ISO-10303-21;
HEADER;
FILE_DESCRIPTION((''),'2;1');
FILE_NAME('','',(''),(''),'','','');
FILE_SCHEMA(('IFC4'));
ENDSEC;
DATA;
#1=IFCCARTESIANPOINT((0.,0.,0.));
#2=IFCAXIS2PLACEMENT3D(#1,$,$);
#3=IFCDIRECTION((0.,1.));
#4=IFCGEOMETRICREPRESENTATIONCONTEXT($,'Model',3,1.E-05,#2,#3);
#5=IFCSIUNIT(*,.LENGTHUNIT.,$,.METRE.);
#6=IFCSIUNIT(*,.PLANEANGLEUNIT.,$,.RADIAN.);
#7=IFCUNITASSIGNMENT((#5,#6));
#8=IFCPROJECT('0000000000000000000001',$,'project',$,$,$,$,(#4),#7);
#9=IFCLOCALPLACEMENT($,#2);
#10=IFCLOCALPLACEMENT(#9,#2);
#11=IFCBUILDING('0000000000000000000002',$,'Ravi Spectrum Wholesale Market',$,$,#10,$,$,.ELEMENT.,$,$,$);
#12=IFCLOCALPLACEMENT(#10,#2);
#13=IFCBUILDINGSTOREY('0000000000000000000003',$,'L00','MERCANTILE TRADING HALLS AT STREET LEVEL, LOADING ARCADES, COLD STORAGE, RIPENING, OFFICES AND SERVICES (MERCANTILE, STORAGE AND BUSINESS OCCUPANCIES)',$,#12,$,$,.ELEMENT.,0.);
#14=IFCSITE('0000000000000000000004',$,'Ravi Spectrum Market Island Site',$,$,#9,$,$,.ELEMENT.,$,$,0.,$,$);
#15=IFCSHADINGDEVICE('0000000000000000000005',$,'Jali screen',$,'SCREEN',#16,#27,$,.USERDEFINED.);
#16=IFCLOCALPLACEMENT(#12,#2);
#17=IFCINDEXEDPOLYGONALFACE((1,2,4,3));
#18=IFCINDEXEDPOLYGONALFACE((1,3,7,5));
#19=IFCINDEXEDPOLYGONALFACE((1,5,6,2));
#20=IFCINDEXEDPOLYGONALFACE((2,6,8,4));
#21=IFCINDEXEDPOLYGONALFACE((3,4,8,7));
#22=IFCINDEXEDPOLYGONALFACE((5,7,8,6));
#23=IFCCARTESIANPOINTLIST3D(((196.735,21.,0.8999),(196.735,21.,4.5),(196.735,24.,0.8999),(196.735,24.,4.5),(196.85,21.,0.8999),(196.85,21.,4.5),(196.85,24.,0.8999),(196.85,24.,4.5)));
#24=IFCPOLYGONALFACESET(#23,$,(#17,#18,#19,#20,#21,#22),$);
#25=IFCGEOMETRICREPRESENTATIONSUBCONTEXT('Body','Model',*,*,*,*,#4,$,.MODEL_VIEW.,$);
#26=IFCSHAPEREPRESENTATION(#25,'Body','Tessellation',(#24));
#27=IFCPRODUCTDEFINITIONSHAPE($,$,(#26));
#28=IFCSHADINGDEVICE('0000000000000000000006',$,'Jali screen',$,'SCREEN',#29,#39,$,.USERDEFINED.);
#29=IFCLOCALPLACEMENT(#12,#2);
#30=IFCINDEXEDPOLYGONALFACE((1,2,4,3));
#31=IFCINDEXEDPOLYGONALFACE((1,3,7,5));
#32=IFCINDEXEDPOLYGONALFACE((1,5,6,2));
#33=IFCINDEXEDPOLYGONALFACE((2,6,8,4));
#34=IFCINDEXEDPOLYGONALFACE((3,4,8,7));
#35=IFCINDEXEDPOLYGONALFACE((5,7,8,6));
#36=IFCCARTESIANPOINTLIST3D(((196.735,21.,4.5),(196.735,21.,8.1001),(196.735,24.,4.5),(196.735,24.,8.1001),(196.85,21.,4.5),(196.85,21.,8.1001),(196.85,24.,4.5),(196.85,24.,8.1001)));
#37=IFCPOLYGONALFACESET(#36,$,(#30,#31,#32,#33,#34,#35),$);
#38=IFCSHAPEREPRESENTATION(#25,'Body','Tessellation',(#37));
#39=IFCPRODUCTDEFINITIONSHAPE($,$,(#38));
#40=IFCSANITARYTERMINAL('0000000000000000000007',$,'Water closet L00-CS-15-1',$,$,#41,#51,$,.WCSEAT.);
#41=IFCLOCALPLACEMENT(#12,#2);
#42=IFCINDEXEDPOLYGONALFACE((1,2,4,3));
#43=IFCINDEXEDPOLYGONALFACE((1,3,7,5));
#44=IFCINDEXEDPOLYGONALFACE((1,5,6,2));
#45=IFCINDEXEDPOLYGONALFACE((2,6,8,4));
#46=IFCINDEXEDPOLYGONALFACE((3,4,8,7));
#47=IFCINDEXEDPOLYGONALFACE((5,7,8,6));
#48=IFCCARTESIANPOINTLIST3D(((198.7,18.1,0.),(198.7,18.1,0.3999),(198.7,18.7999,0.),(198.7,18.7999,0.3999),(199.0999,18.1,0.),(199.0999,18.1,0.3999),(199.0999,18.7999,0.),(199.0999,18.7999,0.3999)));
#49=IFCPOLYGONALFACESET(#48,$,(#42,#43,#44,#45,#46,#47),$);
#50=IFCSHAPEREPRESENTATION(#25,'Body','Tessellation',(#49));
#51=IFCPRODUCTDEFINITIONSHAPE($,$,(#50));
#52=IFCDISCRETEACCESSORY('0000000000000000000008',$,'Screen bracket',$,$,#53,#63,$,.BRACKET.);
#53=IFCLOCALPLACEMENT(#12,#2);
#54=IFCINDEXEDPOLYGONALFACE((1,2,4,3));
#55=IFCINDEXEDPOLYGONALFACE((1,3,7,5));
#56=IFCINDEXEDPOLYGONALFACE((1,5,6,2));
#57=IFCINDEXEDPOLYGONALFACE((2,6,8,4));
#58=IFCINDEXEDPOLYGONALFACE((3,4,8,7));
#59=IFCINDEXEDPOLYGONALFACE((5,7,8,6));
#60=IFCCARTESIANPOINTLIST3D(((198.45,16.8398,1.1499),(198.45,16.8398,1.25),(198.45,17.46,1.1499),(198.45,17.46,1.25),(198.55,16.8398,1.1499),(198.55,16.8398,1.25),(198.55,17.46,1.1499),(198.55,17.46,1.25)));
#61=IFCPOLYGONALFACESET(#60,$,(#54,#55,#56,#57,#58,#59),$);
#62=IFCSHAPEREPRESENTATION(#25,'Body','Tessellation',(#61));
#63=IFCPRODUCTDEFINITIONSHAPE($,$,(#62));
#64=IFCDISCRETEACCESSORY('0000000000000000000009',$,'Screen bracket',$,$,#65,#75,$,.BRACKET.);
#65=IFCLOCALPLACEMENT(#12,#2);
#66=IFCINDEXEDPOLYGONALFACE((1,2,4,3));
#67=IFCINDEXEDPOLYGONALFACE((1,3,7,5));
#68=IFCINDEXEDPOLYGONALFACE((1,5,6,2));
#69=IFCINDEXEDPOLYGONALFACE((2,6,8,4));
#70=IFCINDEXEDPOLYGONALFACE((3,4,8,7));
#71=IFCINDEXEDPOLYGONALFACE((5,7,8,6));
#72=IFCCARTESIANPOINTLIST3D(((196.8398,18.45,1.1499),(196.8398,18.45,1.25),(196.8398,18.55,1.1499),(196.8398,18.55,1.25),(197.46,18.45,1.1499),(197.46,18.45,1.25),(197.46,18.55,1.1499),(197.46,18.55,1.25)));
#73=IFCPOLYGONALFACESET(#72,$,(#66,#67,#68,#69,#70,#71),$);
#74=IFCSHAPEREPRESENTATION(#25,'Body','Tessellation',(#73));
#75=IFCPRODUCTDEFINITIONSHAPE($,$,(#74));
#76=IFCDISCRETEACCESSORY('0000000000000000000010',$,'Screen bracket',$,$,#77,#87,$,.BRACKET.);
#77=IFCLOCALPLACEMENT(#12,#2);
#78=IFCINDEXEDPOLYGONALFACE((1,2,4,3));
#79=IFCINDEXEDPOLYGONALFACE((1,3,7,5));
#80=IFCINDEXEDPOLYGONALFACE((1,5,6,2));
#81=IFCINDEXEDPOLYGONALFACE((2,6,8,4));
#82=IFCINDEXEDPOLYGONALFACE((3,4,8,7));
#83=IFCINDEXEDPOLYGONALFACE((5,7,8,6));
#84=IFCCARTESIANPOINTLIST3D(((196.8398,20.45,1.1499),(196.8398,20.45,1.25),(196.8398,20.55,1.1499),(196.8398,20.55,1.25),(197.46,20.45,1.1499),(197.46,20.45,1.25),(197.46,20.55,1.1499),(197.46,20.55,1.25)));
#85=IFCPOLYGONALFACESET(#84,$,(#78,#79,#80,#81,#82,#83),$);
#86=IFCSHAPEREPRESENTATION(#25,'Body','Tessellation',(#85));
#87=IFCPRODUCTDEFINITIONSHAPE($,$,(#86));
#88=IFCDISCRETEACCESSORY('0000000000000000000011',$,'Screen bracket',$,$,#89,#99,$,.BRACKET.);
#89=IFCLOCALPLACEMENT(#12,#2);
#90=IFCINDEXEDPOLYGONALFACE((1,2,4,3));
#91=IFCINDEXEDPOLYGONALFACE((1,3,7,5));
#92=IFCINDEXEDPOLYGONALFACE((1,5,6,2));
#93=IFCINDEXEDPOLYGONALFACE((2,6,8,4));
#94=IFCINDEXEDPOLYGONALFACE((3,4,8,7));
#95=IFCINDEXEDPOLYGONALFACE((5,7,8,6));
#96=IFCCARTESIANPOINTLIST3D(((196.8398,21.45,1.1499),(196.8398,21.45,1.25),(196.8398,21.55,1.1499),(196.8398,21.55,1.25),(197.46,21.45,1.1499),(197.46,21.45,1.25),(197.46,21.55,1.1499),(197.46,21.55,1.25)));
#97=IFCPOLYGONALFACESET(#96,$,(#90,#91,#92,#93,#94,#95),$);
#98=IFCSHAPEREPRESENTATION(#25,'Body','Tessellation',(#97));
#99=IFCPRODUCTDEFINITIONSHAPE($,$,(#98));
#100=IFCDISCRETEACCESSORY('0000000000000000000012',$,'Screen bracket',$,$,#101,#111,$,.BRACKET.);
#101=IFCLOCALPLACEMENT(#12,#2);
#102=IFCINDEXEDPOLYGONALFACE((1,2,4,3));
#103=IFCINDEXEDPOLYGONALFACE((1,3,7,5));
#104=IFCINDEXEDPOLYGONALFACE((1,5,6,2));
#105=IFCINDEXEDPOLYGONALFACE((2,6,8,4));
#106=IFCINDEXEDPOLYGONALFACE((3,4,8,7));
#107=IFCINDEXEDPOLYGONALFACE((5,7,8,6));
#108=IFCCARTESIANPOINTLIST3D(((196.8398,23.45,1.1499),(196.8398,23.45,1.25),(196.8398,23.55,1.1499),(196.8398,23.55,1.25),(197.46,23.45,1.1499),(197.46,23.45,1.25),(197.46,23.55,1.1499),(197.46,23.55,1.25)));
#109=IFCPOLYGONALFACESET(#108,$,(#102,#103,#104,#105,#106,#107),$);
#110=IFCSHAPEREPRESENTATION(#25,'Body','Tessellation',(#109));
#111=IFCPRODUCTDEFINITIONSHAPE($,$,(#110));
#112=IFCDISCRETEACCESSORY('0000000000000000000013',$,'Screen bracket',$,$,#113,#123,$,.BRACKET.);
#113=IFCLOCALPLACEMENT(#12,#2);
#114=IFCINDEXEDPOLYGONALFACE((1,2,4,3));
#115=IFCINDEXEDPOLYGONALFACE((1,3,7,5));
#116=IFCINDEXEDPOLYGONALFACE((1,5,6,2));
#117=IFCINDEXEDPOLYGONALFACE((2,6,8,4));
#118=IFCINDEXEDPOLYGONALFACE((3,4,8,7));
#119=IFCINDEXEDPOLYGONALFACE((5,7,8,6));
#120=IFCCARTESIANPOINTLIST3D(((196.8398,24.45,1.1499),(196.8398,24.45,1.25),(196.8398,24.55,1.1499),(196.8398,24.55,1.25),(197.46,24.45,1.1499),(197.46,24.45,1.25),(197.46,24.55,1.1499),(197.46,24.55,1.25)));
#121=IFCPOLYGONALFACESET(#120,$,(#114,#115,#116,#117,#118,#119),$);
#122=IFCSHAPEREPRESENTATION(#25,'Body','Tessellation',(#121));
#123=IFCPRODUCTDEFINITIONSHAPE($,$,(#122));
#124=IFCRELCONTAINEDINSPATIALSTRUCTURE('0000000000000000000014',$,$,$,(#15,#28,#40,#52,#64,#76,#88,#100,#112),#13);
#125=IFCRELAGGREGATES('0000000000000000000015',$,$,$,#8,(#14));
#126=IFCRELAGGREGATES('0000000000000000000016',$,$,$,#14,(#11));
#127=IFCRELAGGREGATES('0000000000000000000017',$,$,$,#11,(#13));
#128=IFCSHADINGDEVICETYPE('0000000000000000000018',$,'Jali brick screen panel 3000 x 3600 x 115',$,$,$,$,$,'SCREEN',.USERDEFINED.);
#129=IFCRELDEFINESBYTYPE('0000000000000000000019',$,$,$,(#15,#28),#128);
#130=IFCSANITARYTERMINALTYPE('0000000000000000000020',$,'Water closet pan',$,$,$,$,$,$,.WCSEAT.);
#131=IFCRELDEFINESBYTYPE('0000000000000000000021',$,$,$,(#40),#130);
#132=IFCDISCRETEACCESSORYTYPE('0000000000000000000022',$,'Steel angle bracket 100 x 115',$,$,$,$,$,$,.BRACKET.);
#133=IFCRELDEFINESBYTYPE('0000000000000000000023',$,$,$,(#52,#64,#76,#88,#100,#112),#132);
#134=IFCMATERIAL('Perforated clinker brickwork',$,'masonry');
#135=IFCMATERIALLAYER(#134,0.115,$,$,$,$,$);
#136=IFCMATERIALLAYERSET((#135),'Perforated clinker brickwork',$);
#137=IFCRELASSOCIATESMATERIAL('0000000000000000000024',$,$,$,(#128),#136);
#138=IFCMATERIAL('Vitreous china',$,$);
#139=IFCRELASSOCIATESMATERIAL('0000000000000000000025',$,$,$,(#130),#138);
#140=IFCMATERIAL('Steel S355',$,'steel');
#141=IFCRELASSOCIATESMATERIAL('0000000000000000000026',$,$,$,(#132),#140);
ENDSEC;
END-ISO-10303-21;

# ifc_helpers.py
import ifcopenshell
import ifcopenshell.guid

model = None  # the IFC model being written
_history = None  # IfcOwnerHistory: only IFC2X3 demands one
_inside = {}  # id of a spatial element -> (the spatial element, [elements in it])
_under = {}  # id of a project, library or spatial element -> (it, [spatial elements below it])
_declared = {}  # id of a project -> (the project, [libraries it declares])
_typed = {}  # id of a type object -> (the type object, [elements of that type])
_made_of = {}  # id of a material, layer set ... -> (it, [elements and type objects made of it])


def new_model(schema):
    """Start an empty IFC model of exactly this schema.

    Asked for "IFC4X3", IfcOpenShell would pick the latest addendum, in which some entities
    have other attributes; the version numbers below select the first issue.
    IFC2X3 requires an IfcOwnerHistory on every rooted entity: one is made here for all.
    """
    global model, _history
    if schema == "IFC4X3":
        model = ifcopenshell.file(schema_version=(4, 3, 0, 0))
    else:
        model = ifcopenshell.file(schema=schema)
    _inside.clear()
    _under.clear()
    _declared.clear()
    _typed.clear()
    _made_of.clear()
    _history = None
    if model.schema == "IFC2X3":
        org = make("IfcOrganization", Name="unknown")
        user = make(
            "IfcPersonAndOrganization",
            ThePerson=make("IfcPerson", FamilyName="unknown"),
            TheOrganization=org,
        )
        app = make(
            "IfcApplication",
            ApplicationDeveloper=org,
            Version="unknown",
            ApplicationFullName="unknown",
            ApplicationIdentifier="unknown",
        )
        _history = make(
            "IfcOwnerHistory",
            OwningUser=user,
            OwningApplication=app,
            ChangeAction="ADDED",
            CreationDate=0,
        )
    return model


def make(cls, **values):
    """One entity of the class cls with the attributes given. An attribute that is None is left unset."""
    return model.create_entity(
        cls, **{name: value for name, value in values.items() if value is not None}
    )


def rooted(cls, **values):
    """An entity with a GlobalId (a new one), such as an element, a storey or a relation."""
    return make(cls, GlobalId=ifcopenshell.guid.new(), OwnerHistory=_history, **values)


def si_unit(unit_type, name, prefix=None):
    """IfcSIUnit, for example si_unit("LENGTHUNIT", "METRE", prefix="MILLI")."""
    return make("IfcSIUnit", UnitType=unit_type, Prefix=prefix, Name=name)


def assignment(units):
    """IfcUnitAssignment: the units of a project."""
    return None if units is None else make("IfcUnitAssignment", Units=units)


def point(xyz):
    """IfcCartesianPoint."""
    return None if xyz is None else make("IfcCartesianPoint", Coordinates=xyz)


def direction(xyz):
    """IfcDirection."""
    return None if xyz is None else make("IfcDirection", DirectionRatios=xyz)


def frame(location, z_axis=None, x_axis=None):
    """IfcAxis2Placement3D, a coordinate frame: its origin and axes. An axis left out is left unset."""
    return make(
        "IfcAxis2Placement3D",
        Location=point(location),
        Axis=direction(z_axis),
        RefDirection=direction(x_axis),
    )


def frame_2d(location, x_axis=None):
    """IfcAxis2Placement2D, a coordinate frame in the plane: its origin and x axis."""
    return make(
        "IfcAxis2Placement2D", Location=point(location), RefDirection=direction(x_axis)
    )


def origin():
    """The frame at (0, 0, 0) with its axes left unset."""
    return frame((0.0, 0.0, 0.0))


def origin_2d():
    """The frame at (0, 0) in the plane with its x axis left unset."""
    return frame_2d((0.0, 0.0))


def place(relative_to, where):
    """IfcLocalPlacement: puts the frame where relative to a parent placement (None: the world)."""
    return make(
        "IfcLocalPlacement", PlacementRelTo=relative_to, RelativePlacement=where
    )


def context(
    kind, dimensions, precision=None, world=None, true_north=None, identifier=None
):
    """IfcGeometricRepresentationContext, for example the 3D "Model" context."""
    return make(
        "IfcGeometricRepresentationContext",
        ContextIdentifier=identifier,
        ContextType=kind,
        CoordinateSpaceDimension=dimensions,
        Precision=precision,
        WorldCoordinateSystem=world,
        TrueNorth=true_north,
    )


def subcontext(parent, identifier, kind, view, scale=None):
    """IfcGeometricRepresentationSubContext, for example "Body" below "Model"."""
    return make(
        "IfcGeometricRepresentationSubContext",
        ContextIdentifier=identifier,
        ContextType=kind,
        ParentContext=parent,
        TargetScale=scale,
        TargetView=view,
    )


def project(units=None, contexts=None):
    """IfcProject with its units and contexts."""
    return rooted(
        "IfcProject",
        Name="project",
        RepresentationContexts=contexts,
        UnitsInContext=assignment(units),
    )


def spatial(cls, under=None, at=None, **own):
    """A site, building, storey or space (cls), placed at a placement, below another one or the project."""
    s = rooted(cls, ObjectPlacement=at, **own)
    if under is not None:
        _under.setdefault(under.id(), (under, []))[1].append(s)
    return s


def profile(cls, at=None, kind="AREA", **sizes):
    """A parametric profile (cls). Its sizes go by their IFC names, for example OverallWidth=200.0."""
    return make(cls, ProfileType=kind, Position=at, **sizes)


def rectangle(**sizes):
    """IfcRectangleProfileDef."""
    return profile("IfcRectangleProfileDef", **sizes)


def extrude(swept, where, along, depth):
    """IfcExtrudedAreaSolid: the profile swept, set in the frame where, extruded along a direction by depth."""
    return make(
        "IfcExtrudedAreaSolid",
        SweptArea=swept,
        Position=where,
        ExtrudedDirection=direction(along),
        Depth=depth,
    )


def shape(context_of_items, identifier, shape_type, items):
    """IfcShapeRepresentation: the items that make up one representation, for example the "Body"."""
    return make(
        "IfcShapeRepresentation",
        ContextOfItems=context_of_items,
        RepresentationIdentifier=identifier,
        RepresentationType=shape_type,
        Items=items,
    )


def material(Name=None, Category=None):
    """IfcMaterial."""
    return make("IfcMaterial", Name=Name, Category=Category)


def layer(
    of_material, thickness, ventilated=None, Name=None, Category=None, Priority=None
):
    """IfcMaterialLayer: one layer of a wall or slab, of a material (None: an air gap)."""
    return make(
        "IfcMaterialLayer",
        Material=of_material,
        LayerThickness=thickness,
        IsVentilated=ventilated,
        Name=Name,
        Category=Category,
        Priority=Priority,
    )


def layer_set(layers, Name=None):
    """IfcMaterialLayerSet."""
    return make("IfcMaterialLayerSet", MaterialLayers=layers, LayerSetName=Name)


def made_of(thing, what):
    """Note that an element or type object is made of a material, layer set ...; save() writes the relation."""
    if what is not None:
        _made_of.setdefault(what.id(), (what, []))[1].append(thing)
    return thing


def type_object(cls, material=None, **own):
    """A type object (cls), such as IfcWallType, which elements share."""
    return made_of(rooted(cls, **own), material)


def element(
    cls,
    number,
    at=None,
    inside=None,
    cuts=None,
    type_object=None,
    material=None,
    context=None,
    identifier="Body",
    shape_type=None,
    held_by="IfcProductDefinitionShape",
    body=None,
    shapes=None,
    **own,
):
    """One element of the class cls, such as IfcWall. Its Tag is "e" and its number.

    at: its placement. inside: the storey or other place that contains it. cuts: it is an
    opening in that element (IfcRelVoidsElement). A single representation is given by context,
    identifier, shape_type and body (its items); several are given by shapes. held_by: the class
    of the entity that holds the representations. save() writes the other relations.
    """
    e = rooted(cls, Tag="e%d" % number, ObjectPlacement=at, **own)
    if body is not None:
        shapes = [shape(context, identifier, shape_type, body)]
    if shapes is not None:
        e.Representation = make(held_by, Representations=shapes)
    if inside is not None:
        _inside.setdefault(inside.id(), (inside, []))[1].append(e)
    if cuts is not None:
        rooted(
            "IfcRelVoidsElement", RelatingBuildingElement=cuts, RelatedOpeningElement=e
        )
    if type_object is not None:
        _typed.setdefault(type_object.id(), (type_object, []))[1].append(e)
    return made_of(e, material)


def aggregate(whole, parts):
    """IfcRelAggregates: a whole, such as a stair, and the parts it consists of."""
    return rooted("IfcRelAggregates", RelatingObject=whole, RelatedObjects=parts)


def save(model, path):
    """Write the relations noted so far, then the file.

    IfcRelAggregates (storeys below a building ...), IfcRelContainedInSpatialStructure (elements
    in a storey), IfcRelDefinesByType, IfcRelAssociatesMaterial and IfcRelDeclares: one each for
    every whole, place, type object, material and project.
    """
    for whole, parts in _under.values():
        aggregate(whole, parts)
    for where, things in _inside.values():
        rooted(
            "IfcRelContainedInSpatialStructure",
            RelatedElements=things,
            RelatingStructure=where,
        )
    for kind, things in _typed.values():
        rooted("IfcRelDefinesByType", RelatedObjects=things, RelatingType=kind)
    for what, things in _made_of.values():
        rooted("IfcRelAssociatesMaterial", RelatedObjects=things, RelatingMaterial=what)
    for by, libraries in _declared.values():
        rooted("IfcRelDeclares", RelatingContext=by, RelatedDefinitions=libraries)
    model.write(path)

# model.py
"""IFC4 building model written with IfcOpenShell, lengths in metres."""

from ifc_helpers import new_model, si_unit, direction, frame, origin, origin_2d, place, context, subcontext, project, spatial, rectangle, extrude, material, layer, layer_set, type_object, element, save


model = new_model("IFC4")

# Units and contexts
model_context = context("Model", 3, precision=1e-05, world=origin(), true_north=direction((0.0, 1.0)))
body_context = subcontext(model_context, "Body", "Model", "MODEL_VIEW")
ifc_project = project(units=[si_unit("LENGTHUNIT", "METRE"), si_unit("PLANEANGLEUNIT", "RADIAN")], contexts=[model_context])

# Site, building, storey
site_placement = place(None, origin())
site = spatial("IfcSite", under=ifc_project, at=site_placement, Name="Ravi Spectrum Market Island Site", CompositionType="ELEMENT", RefElevation=0.0)
building_placement = place(site_placement, origin())
building = spatial("IfcBuilding", under=site, at=building_placement, Name="Ravi Spectrum Wholesale Market", CompositionType="ELEMENT")
storey_placement = place(building_placement, origin())
storey = spatial("IfcBuildingStorey", under=building, at=storey_placement, Name="L00", Description="MERCANTILE TRADING HALLS AT STREET LEVEL, LOADING ARCADES, COLD STORAGE, RIPENING, OFFICES AND SERVICES (MERCANTILE, STORAGE AND BUSINESS OCCUPANCIES)", CompositionType="ELEMENT", Elevation=0.0)

# Shading devices
ifc_material_1 = material(Name="Perforated clinker brickwork", Category="masonry")
ifc_layer_1 = layer(ifc_material_1, 0.115)
ifc_layer_set_1 = layer_set([ifc_layer_1], Name="Perforated clinker brickwork")
shading_device_type = type_object("IfcShadingDeviceType", Name="Jali brick screen panel 3000 x 3600 x 115", ElementType="SCREEN", PredefinedType="USERDEFINED", material=ifc_layer_set_1)
for number, where, z_axis, x_axis, name in (
    (1, (196.7925, 22.5, 0.8999), (0.0, 0.0, 1.0), (1.0, 0.0, 0.0), "Jali screen"),
    (2, (196.7925, 22.5, 4.5), (0.0, 0.0, 1.0), (1.0, 0.0, 0.0), "Jali screen"),
):
    element("IfcShadingDevice", number, at=place(storey_placement, frame(where, z_axis=z_axis, x_axis=x_axis)), inside=storey, type_object=shading_device_type, Name=name, ObjectType="SCREEN", PredefinedType="USERDEFINED", context=body_context, shape_type="SweptSolid", body=[
        extrude(rectangle(XDim=0.115, YDim=3.0, at=origin_2d()), origin(), (0.0, 0.0, 1.0), 3.6001),
    ])

# Sanitary terminal
ifc_material_2 = material(Name="Vitreous china")
sanitary_terminal_type = type_object("IfcSanitaryTerminalType", Name="Water closet pan", PredefinedType="WCSEAT", material=ifc_material_2)
sanitary_terminal_placement = place(storey_placement, frame((198.8999, 18.45, 0.0), z_axis=(0.0, 0.0, 1.0), x_axis=(1.0, 0.0, 0.0)))
element("IfcSanitaryTerminal", 3, at=sanitary_terminal_placement, inside=storey, type_object=sanitary_terminal_type, Name="Water closet L00-CS-15-1", PredefinedType="WCSEAT", context=body_context, shape_type="SweptSolid", body=[
    extrude(rectangle(XDim=0.3999, YDim=0.7, at=origin_2d()), origin(), (0.0, 0.0, 1.0), 0.3999),
])

# Discrete accessories
ifc_material_3 = material(Name="Steel S355", Category="steel")
discrete_accessory_type = type_object("IfcDiscreteAccessoryType", Name="Steel angle bracket 100 x 115", PredefinedType="BRACKET", material=ifc_material_3)
discrete_accessory_placement = place(storey_placement, frame((198.5, 17.1499, 1.1499), z_axis=(0.0, 0.0, 1.0), x_axis=(1.0, 0.0, 0.0)))
element("IfcDiscreteAccessory", 4, at=discrete_accessory_placement, inside=storey, type_object=discrete_accessory_type, Name="Screen bracket", PredefinedType="BRACKET", context=body_context, shape_type="SweptSolid", body=[
    extrude(rectangle(XDim=0.1001, YDim=0.6201, at=origin_2d()), origin(), (0.0, 0.0, 1.0), 0.1001),
])
for number, where, z_axis, x_axis, name in (
    (5, (197.1499, 18.5, 1.1499), (0.0, 0.0, 1.0), (1.0, 0.0, 0.0), "Screen bracket"),
    (6, (197.1499, 20.5, 1.1499), (0.0, 0.0, 1.0), (1.0, 0.0, 0.0), "Screen bracket"),
    (7, (197.1499, 21.5, 1.1499), (0.0, 0.0, 1.0), (1.0, 0.0, 0.0), "Screen bracket"),
    (8, (197.1499, 23.5, 1.1499), (0.0, 0.0, 1.0), (1.0, 0.0, 0.0), "Screen bracket"),
    (9, (197.1499, 24.5, 1.1499), (0.0, 0.0, 1.0), (1.0, 0.0, 0.0), "Screen bracket"),
):
    element("IfcDiscreteAccessory", number, at=place(storey_placement, frame(where, z_axis=z_axis, x_axis=x_axis)), inside=storey, type_object=discrete_accessory_type, Name=name, PredefinedType="BRACKET", context=body_context, shape_type="SweptSolid", body=[
        extrude(rectangle(XDim=0.6201, YDim=0.1001, at=origin_2d()), origin(), (0.0, 0.0, 1.0), 0.1001),
    ])

save(model, "model.ifc")
